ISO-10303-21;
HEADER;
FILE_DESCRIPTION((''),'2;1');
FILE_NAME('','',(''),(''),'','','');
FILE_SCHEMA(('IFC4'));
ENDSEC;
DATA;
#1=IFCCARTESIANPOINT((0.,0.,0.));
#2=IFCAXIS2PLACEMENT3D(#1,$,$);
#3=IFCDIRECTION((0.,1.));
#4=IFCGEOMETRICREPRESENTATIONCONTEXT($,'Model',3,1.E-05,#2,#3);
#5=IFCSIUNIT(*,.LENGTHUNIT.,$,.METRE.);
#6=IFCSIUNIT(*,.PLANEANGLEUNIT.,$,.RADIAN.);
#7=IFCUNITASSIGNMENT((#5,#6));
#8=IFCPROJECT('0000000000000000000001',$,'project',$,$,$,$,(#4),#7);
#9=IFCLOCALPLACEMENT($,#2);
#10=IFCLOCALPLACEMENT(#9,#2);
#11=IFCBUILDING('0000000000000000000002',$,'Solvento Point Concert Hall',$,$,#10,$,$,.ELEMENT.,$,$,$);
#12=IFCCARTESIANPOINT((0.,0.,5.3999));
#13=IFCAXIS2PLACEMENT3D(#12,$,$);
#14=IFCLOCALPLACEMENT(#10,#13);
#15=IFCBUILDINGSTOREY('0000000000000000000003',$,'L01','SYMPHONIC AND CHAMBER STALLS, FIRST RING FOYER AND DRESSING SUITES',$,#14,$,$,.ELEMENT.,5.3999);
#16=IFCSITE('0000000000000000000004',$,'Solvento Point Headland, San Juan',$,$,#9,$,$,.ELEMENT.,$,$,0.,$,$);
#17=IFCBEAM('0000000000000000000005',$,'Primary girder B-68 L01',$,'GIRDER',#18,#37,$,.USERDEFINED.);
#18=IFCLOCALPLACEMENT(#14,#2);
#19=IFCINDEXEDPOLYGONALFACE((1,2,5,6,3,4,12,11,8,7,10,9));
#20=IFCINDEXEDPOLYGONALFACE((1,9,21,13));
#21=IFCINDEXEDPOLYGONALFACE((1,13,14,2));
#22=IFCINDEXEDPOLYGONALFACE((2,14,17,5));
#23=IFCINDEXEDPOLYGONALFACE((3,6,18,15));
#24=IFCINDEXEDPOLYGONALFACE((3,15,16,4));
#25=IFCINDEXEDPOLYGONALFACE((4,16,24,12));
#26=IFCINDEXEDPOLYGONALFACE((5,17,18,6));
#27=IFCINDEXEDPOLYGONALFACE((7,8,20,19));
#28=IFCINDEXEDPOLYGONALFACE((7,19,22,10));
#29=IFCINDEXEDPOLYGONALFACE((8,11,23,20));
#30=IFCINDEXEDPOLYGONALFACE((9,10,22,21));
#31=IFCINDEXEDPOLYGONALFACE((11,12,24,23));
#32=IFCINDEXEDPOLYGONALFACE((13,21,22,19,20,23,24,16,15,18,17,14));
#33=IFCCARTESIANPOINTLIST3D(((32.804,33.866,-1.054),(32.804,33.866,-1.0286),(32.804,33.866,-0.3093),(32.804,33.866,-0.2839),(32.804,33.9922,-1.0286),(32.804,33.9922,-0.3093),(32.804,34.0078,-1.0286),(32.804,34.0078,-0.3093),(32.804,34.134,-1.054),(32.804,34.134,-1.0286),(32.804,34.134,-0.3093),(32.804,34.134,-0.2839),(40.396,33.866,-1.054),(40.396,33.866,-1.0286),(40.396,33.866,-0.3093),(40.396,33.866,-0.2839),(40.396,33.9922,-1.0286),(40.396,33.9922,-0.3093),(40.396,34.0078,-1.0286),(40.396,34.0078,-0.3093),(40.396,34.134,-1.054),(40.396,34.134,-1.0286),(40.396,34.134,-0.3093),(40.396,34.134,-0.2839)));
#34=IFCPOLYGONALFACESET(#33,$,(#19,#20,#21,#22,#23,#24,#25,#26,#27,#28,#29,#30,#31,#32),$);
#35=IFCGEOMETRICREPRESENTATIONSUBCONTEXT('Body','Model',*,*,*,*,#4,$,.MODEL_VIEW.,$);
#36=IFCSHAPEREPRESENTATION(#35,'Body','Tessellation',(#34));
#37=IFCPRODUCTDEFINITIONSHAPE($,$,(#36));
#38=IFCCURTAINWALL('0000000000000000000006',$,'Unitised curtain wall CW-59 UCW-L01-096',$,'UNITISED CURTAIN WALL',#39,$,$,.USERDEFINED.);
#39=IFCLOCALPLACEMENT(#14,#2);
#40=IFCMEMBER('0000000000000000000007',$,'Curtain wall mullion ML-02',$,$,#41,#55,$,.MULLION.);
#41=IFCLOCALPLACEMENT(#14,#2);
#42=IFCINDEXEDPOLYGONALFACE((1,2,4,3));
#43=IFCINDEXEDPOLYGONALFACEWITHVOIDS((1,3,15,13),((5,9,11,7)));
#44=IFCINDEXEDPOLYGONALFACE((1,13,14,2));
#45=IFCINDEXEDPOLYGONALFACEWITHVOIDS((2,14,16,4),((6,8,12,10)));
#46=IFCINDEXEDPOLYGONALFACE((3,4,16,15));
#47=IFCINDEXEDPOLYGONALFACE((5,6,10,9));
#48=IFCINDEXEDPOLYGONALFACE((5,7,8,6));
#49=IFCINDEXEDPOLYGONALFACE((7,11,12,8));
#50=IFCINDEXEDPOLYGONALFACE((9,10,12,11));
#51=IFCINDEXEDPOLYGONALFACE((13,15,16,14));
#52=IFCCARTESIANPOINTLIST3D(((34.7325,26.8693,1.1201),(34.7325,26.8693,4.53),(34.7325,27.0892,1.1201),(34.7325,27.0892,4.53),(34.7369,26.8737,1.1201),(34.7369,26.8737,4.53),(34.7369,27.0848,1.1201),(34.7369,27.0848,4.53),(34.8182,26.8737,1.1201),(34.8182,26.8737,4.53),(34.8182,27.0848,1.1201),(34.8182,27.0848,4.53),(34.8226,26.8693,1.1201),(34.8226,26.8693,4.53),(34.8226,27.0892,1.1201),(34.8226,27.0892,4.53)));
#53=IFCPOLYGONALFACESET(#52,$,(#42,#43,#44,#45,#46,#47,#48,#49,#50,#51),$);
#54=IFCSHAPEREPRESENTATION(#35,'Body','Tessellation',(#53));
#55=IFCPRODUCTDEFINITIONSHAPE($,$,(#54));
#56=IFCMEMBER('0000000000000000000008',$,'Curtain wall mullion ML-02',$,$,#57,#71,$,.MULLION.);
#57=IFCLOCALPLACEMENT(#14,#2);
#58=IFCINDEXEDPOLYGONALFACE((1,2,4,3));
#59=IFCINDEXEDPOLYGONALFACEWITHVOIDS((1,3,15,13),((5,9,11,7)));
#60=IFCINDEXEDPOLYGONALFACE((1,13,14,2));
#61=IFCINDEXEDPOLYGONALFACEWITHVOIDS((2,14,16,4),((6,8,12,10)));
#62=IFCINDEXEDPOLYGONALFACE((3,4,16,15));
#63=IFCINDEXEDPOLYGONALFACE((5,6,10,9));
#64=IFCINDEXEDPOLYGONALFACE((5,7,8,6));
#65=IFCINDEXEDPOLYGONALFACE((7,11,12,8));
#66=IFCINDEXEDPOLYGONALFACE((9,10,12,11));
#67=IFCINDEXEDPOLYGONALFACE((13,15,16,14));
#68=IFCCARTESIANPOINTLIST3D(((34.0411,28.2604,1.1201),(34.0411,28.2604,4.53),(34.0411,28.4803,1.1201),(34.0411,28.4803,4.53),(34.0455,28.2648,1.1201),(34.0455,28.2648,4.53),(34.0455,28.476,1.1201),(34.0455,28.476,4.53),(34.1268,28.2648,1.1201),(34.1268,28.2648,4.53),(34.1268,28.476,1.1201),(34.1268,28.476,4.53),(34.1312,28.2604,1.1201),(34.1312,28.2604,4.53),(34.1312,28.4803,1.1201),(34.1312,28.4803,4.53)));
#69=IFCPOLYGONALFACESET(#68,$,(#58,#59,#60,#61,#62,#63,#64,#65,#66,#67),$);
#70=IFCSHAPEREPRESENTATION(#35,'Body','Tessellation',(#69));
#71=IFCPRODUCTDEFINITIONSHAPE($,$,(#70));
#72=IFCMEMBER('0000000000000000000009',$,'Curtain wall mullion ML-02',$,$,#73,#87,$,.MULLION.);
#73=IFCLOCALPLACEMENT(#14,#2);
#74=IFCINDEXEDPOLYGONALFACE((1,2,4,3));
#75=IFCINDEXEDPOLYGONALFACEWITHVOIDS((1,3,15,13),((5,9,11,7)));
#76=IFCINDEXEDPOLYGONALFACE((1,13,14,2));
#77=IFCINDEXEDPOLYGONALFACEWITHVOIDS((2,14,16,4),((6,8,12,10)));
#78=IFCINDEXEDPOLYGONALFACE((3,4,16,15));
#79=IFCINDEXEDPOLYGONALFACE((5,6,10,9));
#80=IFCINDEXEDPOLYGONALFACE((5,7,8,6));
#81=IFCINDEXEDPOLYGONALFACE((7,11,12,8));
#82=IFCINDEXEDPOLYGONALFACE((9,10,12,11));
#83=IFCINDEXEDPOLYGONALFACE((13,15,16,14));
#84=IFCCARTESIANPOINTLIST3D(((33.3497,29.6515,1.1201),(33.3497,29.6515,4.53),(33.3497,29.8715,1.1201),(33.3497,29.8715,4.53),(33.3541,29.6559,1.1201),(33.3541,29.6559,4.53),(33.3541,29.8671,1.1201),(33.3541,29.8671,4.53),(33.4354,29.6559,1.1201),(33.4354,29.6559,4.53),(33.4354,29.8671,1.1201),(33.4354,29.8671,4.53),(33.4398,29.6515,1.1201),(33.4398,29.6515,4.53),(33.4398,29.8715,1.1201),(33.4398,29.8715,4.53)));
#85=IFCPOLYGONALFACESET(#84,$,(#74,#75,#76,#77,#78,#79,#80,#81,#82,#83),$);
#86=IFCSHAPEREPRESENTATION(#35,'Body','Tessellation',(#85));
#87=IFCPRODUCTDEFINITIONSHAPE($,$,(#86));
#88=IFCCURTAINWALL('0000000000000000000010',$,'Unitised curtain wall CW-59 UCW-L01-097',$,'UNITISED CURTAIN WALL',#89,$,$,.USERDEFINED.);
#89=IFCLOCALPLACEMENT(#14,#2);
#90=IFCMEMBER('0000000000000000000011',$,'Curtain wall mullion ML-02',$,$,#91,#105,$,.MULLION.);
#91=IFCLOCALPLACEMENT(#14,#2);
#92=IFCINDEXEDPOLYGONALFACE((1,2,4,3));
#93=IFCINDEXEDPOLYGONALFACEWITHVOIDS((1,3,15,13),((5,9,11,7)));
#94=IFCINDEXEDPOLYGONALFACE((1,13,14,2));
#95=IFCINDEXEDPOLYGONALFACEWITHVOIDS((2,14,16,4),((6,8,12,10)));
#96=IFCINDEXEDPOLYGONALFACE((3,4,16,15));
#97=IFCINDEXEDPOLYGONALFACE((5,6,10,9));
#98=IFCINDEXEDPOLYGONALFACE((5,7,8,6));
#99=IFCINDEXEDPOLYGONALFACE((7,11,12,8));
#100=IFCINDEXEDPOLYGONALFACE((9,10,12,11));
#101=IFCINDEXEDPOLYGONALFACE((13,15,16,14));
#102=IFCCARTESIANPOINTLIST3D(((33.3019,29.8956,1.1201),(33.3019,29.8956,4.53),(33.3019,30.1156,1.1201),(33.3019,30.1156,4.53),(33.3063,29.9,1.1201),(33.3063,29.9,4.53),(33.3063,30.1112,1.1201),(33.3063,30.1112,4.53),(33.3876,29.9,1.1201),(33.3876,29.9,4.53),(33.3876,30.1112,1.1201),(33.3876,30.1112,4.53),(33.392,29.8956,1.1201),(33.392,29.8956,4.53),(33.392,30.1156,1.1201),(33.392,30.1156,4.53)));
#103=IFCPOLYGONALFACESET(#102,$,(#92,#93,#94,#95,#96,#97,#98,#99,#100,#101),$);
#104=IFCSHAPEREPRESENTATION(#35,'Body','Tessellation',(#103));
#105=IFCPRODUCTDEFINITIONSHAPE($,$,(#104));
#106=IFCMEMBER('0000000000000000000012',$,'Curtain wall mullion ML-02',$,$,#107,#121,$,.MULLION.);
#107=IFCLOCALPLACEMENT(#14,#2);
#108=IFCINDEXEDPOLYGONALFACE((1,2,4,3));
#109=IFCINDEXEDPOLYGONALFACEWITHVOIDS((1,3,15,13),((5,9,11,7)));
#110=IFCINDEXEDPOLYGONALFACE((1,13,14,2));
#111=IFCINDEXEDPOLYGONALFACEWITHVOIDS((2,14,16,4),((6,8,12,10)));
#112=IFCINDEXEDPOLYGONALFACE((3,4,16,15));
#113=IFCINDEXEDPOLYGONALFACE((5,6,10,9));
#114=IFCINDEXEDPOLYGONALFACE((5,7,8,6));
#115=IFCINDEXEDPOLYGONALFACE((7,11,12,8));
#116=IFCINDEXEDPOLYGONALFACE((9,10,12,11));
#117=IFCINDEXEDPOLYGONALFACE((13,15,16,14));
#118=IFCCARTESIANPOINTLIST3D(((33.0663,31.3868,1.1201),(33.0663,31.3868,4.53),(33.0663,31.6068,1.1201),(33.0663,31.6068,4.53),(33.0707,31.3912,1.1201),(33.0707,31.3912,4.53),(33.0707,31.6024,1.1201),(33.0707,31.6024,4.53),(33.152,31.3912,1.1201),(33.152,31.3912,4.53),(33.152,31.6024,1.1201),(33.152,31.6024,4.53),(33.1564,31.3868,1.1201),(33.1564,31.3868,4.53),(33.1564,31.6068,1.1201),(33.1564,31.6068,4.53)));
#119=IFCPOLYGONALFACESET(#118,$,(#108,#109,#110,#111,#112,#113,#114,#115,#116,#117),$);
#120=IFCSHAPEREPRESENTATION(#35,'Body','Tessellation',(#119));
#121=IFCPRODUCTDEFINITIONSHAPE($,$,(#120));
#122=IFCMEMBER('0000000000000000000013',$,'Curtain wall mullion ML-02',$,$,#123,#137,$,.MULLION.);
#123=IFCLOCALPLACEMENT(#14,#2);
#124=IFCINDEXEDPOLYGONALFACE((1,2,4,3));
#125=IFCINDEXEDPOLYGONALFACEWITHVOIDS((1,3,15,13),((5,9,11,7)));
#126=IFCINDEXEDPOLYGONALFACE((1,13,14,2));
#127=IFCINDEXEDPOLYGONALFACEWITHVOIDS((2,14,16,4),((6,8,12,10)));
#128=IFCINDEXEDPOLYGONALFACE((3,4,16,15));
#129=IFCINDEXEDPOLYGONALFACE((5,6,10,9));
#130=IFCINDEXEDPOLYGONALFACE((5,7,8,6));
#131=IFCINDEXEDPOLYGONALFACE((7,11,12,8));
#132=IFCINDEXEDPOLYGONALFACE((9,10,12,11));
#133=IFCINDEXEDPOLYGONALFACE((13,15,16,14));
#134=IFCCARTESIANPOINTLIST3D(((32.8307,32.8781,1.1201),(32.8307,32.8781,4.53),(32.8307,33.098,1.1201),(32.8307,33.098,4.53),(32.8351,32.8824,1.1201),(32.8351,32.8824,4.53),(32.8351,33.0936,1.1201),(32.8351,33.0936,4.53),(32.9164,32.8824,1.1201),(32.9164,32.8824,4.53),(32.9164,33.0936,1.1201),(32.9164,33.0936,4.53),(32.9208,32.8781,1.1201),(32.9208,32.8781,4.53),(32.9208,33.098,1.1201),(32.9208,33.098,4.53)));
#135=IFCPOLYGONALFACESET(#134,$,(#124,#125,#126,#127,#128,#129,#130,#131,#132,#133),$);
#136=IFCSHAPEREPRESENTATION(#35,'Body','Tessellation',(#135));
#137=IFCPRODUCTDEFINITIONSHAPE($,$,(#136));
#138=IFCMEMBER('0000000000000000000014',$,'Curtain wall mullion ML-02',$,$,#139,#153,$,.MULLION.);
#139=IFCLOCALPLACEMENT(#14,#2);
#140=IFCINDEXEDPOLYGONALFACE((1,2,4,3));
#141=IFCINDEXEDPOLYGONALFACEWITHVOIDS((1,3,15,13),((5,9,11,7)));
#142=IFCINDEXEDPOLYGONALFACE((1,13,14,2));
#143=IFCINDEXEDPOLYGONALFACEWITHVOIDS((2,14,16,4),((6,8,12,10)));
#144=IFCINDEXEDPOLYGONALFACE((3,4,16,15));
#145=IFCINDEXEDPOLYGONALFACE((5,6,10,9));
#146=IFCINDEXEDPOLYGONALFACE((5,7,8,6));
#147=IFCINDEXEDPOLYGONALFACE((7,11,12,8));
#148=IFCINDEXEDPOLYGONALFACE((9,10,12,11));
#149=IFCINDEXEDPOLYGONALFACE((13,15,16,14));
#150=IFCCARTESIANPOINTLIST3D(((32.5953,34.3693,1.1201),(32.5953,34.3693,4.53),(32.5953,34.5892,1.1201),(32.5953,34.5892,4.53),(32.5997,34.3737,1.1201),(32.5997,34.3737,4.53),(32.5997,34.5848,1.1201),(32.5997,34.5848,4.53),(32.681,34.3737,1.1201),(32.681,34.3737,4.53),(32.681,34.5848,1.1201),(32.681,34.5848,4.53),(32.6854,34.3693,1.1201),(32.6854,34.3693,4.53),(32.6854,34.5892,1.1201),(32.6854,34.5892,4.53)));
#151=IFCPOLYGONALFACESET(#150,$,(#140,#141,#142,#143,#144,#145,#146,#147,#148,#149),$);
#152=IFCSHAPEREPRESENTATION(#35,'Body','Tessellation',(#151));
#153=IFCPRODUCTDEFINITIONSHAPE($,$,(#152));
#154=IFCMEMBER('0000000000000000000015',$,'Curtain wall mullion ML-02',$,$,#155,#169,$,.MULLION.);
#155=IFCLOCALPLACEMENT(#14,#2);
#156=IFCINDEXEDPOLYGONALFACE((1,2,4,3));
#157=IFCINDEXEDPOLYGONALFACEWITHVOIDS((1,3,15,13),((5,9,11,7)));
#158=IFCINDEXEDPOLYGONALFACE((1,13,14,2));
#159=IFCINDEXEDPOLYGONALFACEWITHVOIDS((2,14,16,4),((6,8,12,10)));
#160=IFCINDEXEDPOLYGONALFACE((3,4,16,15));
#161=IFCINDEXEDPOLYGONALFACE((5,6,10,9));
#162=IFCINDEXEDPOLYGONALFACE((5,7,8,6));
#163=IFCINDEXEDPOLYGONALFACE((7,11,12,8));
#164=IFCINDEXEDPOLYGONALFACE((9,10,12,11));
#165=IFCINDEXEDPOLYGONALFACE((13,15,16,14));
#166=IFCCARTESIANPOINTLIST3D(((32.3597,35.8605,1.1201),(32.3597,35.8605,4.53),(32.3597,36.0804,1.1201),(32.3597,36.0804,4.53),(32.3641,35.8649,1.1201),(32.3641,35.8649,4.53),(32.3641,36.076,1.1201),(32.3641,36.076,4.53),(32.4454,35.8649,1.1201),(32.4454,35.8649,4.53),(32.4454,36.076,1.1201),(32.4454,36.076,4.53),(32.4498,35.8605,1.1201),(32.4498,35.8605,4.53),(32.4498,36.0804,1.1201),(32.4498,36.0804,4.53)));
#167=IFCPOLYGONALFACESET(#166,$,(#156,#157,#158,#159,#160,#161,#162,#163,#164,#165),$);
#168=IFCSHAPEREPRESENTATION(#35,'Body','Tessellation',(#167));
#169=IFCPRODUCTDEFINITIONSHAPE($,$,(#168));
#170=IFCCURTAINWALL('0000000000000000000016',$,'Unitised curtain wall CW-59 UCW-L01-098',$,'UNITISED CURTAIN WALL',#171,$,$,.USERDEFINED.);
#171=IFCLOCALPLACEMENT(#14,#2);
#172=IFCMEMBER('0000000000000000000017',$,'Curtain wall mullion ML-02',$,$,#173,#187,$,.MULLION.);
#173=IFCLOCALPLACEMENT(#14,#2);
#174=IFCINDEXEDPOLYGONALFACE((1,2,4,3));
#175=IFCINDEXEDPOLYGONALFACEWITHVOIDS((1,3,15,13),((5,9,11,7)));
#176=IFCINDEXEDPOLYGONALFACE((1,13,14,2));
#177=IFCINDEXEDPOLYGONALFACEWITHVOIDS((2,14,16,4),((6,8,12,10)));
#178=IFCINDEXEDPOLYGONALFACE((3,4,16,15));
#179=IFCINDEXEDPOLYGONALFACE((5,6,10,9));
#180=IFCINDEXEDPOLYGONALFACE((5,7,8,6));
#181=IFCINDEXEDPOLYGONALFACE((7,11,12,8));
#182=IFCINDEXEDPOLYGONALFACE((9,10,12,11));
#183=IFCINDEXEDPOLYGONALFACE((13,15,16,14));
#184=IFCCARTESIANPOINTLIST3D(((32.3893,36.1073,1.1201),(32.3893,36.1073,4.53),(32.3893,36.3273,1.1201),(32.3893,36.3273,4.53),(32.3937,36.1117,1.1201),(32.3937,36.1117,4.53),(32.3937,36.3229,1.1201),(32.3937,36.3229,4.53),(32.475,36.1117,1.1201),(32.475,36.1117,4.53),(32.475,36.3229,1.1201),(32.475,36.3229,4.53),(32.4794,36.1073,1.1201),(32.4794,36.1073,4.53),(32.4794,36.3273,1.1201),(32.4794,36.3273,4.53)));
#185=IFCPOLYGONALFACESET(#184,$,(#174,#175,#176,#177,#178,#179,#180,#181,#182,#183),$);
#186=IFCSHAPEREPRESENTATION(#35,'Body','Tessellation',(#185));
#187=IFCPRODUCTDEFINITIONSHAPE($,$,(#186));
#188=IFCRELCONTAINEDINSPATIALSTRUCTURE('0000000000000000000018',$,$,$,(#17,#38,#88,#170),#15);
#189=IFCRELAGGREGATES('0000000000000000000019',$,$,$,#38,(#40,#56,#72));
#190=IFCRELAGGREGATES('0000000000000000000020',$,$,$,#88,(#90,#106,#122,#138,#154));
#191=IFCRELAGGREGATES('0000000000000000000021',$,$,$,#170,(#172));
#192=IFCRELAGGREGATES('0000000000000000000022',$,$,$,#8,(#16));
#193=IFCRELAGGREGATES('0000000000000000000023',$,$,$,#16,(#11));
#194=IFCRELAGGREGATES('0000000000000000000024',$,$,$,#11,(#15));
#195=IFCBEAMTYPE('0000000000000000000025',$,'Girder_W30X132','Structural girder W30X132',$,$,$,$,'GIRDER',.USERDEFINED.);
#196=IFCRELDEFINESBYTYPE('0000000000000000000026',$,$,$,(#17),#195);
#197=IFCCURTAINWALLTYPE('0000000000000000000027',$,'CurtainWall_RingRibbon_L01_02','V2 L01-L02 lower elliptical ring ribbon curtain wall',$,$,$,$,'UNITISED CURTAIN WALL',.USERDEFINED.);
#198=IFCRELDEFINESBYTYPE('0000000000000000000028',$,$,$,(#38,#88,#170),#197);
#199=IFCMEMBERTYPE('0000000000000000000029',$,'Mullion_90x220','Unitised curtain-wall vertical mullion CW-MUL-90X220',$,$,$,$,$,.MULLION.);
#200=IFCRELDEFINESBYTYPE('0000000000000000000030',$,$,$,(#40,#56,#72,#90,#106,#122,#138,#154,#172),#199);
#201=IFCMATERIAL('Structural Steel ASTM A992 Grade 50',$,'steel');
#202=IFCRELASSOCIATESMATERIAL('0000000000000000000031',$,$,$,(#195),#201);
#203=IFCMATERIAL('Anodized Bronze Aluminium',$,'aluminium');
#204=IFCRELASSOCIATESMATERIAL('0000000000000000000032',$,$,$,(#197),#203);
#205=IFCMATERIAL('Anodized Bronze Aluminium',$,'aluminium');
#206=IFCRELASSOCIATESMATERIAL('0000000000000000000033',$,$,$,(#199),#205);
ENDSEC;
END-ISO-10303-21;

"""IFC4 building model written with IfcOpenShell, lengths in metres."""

from ifc_helpers import new_model, si_unit, direction, frame, origin, origin_2d, place, context, subcontext, project, spatial, hollow_rectangle, i_section, extrude, material, material_profile, profile_set, type_object, element, aggregate, save


model = new_model("IFC4")

# Units and contexts
model_context = context("Model", 3, precision=1e-05, world=origin(), true_north=direction((0.0, 1.0)))
body_context = subcontext(model_context, "Body", "Model", "MODEL_VIEW")
ifc_project = project(units=[si_unit("LENGTHUNIT", "METRE"), si_unit("PLANEANGLEUNIT", "RADIAN")], contexts=[model_context])

# Site, building, storey
site_placement = place(None, origin())
site = spatial("IfcSite", under=ifc_project, at=site_placement, Name="Solvento Point Headland, San Juan", CompositionType="ELEMENT", RefElevation=0.0)
building_placement = place(site_placement, origin())
building = spatial("IfcBuilding", under=site, at=building_placement, Name="Solvento Point Concert Hall", CompositionType="ELEMENT")
storey_placement = place(building_placement, frame((0.0, 0.0, 5.3999)))
storey = spatial("IfcBuildingStorey", under=building, at=storey_placement, Name="L01", Description="SYMPHONIC AND CHAMBER STALLS, FIRST RING FOYER AND DRESSING SUITES", CompositionType="ELEMENT", Elevation=5.3999)

# Beam
ifc_material_1 = material(Name="Structural Steel ASTM A992 Grade 50", Category="steel")
ifc_material_profile_1 = material_profile(ifc_material_1, i_section(OverallWidth=0.2681, OverallDepth=0.77, WebThickness=0.0156, FlangeThickness=0.0254, at=origin_2d()), Name="W30X132")
ifc_profile_set_1 = profile_set([ifc_material_profile_1], Name="Structural Steel ASTM A992 Grade 50")
beam_type = type_object("IfcBeamType", Name="Girder_W30X132", Description="Structural girder W30X132", ElementType="GIRDER", PredefinedType="USERDEFINED", material=ifc_profile_set_1)
beam_placement = place(storey_placement, frame((32.804, 34.0, -0.6689), z_axis=(1.0, 0.0, 0.0), x_axis=(0.0, 1.0, 0.0)))
element("IfcBeam", 1, at=beam_placement, inside=storey, type_object=beam_type, Name="Primary girder B-68 L01", ObjectType="GIRDER", PredefinedType="USERDEFINED", context=body_context, shape_type="SweptSolid", body=[
    extrude(i_section(OverallWidth=0.2681, OverallDepth=0.77, WebThickness=0.0156, FlangeThickness=0.0254, at=origin_2d()), origin(), (0.0, 0.0, 1.0), 7.592),
])

# Curtain walls, members
ifc_material_2 = material(Name="Anodized Bronze Aluminium", Category="aluminium")
curtain_wall_type = type_object("IfcCurtainWallType", Name="CurtainWall_RingRibbon_L01_02", Description="V2 L01-L02 lower elliptical ring ribbon curtain wall", ElementType="UNITISED CURTAIN WALL", PredefinedType="USERDEFINED", material=ifc_material_2)
curtain_wall_1_placement = place(storey_placement, origin())
curtain_wall_1 = element("IfcCurtainWall", 2, at=curtain_wall_1_placement, inside=storey, type_object=curtain_wall_type, Name="Unitised curtain wall CW-59 UCW-L01-096", ObjectType="UNITISED CURTAIN WALL", PredefinedType="USERDEFINED")
ifc_material_3 = material(Name="Anodized Bronze Aluminium", Category="aluminium")
ifc_material_profile_2 = material_profile(ifc_material_3, hollow_rectangle(XDim=0.0901, YDim=0.22, WallThickness=0.0044, at=origin_2d()), Name="CW-MUL-90X220")
ifc_profile_set_2 = profile_set([ifc_material_profile_2], Name="Anodized Bronze Aluminium")
member_type_1 = type_object("IfcMemberType", Name="Mullion_90x220", Description="Unitised curtain-wall vertical mullion CW-MUL-90X220", PredefinedType="MULLION", material=ifc_profile_set_2)
member_1_placement = place(storey_placement, frame((34.7776, 26.9792, 1.1201), z_axis=(0.0, 0.0, 1.0), x_axis=(1.0, 0.0, 0.0)))
member_1 = element("IfcMember", 3, at=member_1_placement, type_object=member_type_1, Name="Curtain wall mullion ML-02", PredefinedType="MULLION", context=body_context, shape_type="SweptSolid", body=[
    extrude(hollow_rectangle(XDim=0.0901, YDim=0.22, WallThickness=0.0044, at=origin_2d()), origin(), (0.0, 0.0, 1.0), 3.4099),
])
member_2_placement = place(storey_placement, frame((34.0862, 28.3704, 1.1201), z_axis=(0.0, 0.0, 1.0), x_axis=(1.0, 0.0, 0.0)))
member_2 = element("IfcMember", 4, at=member_2_placement, type_object=member_type_1, Name="Curtain wall mullion ML-02", PredefinedType="MULLION", context=body_context, shape_type="SweptSolid", body=[
    extrude(hollow_rectangle(XDim=0.0901, YDim=0.22, WallThickness=0.0044, at=origin_2d()), origin(), (0.0, 0.0, 1.0), 3.4099),
])
member_3_placement = place(storey_placement, frame((33.3948, 29.7615, 1.1201), z_axis=(0.0, 0.0, 1.0), x_axis=(1.0, 0.0, 0.0)))
member_3 = element("IfcMember", 5, at=member_3_placement, type_object=member_type_1, Name="Curtain wall mullion ML-02", PredefinedType="MULLION", context=body_context, shape_type="SweptSolid", body=[
    extrude(hollow_rectangle(XDim=0.0901, YDim=0.22, WallThickness=0.0044, at=origin_2d()), origin(), (0.0, 0.0, 1.0), 3.4099),
])
curtain_wall_2_placement = place(storey_placement, origin())
curtain_wall_2 = element("IfcCurtainWall", 6, at=curtain_wall_2_placement, inside=storey, type_object=curtain_wall_type, Name="Unitised curtain wall CW-59 UCW-L01-097", ObjectType="UNITISED CURTAIN WALL", PredefinedType="USERDEFINED")
member_4_placement = place(storey_placement, frame((33.3469, 30.0056, 1.1201), z_axis=(0.0, 0.0, 1.0), x_axis=(1.0, 0.0, 0.0)))
member_4 = element("IfcMember", 7, at=member_4_placement, type_object=member_type_1, Name="Curtain wall mullion ML-02", PredefinedType="MULLION", context=body_context, shape_type="SweptSolid", body=[
    extrude(hollow_rectangle(XDim=0.0901, YDim=0.22, WallThickness=0.0044, at=origin_2d()), origin(), (0.0, 0.0, 1.0), 3.4099),
])
member_5_placement = place(storey_placement, frame((33.1113, 31.4968, 1.1201), z_axis=(0.0, 0.0, 1.0), x_axis=(1.0, 0.0, 0.0)))
member_5 = element("IfcMember", 8, at=member_5_placement, type_object=member_type_1, Name="Curtain wall mullion ML-02", PredefinedType="MULLION", context=body_context, shape_type="SweptSolid", body=[
    extrude(hollow_rectangle(XDim=0.0901, YDim=0.22, WallThickness=0.0044, at=origin_2d()), origin(), (0.0, 0.0, 1.0), 3.4099),
])
member_6_placement = place(storey_placement, frame((32.8757, 32.988, 1.1201), z_axis=(0.0, 0.0, 1.0), x_axis=(1.0, 0.0, 0.0)))
member_6 = element("IfcMember", 9, at=member_6_placement, type_object=member_type_1, Name="Curtain wall mullion ML-02", PredefinedType="MULLION", context=body_context, shape_type="SweptSolid", body=[
    extrude(hollow_rectangle(XDim=0.0901, YDim=0.22, WallThickness=0.0044, at=origin_2d()), origin(), (0.0, 0.0, 1.0), 3.4099),
])
member_7_placement = place(storey_placement, frame((32.6404, 34.4792, 1.1201), z_axis=(0.0, 0.0, 1.0), x_axis=(1.0, 0.0, 0.0)))
member_7 = element("IfcMember", 10, at=member_7_placement, type_object=member_type_1, Name="Curtain wall mullion ML-02", PredefinedType="MULLION", context=body_context, shape_type="SweptSolid", body=[
    extrude(hollow_rectangle(XDim=0.0901, YDim=0.22, WallThickness=0.0044, at=origin_2d()), origin(), (0.0, 0.0, 1.0), 3.4099),
])
member_8_placement = place(storey_placement, frame((32.4048, 35.9705, 1.1201), z_axis=(0.0, 0.0, 1.0), x_axis=(1.0, 0.0, 0.0)))
member_8 = element("IfcMember", 11, at=member_8_placement, type_object=member_type_1, Name="Curtain wall mullion ML-02", PredefinedType="MULLION", context=body_context, shape_type="SweptSolid", body=[
    extrude(hollow_rectangle(XDim=0.0901, YDim=0.22, WallThickness=0.0044, at=origin_2d()), origin(), (0.0, 0.0, 1.0), 3.4099),
])

# Curtain wall, member
curtain_wall_3_placement = place(storey_placement, origin())
curtain_wall_3 = element("IfcCurtainWall", 12, at=curtain_wall_3_placement, inside=storey, type_object=curtain_wall_type, Name="Unitised curtain wall CW-59 UCW-L01-098", ObjectType="UNITISED CURTAIN WALL", PredefinedType="USERDEFINED")
member_9_placement = place(storey_placement, frame((32.4343, 36.2173, 1.1201), z_axis=(0.0, 0.0, 1.0), x_axis=(1.0, 0.0, 0.0)))
member_9 = element("IfcMember", 13, at=member_9_placement, type_object=member_type_1, Name="Curtain wall mullion ML-02", PredefinedType="MULLION", context=body_context, shape_type="SweptSolid", body=[
    extrude(hollow_rectangle(XDim=0.0901, YDim=0.22, WallThickness=0.0044, at=origin_2d()), origin(), (0.0, 0.0, 1.0), 3.4099),
])

aggregate(curtain_wall_1, [member_1, member_2, member_3])
aggregate(curtain_wall_2, [member_4, member_5, member_6, member_7, member_8])
aggregate(curtain_wall_3, [member_9])

save(model, "model.ifc")
